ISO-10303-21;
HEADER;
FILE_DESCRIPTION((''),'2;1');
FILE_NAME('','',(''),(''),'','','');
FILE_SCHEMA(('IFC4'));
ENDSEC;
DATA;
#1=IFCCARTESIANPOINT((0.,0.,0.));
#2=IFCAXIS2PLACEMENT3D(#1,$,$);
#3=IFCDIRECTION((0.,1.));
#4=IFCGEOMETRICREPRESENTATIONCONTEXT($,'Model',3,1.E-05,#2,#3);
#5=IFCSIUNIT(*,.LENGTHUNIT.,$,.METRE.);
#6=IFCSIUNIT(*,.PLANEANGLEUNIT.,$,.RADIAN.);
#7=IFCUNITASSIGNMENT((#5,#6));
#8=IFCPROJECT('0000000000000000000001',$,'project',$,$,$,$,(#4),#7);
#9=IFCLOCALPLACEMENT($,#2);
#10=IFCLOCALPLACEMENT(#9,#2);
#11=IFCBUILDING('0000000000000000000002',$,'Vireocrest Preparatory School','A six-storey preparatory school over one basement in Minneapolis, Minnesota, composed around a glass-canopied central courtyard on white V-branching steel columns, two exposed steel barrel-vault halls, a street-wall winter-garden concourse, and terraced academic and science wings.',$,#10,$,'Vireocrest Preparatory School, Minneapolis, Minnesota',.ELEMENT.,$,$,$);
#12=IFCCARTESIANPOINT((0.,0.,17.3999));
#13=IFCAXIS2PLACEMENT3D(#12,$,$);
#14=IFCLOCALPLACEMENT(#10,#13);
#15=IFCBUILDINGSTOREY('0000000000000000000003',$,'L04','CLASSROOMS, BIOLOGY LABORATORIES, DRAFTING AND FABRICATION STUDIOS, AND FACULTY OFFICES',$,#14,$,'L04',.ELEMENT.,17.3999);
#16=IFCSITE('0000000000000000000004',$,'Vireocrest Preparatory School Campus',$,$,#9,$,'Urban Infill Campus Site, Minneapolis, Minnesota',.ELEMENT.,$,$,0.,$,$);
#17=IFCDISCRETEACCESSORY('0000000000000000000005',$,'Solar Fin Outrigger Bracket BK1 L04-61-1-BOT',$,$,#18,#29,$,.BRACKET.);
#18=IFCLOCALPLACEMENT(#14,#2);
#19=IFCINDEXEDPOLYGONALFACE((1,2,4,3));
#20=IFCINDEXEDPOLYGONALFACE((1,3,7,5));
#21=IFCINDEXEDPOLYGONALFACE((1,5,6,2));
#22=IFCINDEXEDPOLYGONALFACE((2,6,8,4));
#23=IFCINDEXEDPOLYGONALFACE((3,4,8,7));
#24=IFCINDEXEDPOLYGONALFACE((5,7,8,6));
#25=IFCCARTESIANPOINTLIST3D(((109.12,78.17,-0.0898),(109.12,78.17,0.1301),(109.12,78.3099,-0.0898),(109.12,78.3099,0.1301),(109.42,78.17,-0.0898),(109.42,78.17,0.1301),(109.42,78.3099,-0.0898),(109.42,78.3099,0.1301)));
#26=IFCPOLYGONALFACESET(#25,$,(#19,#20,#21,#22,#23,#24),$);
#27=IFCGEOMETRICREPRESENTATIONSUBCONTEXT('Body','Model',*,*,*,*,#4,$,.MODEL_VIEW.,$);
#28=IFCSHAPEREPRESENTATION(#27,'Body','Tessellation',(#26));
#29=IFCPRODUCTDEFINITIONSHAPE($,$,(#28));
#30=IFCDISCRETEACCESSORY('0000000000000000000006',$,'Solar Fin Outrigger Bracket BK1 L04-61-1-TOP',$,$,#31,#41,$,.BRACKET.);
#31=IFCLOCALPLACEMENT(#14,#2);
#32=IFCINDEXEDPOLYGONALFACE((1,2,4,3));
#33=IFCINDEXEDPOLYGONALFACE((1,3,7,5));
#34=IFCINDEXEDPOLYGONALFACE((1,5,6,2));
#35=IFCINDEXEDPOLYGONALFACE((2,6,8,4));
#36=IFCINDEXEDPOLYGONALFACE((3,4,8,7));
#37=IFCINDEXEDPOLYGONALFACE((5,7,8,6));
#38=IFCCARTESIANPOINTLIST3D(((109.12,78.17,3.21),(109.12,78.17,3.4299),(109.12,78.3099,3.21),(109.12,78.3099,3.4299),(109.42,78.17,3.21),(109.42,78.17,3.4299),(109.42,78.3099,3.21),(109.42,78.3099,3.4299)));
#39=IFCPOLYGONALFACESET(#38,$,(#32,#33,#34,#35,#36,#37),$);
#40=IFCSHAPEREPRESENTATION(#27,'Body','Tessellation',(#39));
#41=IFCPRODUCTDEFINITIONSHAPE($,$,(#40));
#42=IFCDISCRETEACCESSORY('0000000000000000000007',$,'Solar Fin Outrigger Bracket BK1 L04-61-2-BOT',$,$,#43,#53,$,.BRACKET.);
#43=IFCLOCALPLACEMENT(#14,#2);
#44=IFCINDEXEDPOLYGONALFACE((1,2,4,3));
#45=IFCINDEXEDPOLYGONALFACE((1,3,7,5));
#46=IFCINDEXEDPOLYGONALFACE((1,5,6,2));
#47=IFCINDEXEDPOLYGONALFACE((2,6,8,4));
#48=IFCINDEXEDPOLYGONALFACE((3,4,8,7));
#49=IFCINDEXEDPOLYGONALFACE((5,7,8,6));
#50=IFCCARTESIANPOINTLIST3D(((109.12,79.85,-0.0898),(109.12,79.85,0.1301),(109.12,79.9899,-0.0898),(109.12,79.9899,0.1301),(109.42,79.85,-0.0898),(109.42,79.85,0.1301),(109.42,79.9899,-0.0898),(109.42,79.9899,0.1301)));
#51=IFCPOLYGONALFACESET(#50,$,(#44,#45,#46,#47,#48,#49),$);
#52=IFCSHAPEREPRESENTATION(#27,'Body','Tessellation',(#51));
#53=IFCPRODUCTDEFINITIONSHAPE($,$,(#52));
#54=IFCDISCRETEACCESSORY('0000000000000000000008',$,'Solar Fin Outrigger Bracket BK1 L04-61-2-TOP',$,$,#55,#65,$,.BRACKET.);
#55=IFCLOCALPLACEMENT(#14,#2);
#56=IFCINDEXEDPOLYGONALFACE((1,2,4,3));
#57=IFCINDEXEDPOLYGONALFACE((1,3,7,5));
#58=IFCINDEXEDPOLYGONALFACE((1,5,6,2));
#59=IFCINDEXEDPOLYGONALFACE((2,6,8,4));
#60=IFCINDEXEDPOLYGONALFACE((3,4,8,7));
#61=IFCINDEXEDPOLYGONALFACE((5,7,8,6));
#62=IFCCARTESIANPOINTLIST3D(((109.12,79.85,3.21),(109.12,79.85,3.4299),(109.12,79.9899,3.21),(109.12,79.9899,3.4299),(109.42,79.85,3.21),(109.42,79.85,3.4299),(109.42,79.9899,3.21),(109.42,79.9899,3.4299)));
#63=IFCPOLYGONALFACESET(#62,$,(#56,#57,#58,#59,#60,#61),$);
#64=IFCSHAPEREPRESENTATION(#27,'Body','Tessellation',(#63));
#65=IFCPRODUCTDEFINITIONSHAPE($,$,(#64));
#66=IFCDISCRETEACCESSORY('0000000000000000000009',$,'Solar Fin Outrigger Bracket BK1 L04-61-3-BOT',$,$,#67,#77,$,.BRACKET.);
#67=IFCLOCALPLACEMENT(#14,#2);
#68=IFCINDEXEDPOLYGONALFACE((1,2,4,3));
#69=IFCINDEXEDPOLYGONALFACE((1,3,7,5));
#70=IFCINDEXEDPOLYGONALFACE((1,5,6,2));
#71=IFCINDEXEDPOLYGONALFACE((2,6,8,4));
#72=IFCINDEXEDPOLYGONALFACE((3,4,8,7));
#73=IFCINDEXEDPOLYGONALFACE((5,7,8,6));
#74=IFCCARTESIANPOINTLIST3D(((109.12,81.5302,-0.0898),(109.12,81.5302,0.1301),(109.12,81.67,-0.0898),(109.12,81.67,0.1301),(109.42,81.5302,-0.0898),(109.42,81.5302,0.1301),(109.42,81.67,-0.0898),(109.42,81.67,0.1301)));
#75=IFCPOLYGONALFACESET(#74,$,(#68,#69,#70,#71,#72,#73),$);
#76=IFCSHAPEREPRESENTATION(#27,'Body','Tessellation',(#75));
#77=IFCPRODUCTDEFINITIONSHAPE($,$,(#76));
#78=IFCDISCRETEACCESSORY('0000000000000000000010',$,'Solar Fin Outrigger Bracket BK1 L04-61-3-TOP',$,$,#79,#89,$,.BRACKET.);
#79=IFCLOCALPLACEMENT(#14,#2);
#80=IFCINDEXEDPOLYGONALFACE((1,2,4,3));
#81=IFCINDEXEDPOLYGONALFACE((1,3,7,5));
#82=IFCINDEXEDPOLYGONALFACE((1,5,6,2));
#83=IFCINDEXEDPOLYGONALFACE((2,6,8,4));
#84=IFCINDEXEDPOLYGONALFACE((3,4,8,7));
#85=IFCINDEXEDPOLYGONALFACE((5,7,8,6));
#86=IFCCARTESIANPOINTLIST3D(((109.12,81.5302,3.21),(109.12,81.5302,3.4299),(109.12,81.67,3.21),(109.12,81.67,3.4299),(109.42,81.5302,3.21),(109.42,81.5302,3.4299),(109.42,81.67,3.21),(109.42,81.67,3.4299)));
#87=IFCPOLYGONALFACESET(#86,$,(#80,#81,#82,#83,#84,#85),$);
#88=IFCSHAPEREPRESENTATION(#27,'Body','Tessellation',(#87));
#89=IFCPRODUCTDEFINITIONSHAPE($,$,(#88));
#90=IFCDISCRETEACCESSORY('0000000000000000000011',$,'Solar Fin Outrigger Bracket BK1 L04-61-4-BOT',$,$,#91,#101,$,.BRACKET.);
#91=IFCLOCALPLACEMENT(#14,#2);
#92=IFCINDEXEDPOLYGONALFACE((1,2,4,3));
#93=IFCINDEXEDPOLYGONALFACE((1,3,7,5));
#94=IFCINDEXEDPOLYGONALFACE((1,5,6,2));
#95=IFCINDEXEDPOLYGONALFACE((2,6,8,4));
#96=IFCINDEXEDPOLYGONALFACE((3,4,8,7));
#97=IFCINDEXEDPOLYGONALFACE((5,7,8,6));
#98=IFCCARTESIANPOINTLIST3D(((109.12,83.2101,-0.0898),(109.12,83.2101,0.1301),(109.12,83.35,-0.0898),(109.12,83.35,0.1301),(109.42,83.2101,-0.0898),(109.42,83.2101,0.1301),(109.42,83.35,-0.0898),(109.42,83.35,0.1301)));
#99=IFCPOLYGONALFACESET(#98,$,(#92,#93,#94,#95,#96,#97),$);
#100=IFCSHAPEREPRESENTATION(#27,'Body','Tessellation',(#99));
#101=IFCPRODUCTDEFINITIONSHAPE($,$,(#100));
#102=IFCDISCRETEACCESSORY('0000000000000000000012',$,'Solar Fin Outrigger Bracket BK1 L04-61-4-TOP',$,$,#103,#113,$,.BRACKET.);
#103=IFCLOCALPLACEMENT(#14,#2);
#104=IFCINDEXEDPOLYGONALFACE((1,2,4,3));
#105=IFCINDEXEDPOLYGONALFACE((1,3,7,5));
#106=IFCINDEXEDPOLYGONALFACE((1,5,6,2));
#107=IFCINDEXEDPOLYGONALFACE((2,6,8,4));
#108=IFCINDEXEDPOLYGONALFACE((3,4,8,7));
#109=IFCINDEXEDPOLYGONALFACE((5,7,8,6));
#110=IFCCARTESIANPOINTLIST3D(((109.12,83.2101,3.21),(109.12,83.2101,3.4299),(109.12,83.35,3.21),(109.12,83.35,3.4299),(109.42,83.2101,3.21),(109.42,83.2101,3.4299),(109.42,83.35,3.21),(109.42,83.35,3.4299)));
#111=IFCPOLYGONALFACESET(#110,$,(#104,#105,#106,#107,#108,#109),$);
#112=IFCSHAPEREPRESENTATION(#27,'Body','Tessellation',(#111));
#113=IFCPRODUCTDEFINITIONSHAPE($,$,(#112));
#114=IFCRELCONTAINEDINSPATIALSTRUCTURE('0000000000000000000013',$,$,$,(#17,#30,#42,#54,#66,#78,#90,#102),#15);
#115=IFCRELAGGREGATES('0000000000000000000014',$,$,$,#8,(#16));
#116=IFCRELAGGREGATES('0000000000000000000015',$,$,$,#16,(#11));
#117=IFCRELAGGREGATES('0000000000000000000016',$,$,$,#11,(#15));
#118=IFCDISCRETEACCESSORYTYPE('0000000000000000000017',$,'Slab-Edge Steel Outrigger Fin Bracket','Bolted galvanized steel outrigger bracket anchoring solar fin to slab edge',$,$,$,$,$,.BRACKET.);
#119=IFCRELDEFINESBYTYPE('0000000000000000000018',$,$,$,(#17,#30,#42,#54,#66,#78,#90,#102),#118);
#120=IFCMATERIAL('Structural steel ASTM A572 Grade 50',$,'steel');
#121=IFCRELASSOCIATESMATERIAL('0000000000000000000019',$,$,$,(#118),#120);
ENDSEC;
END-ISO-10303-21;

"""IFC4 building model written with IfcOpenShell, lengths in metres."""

from ifc_helpers import new_model, si_unit, direction, frame, origin, origin_2d, place, context, subcontext, project, spatial, rectangle, extrude, material, type_object, element, save


model = new_model("IFC4")

# Units and contexts
model_context = context("Model", 3, precision=1e-05, world=origin(), true_north=direction((0.0, 1.0)))
body_context = subcontext(model_context, "Body", "Model", "MODEL_VIEW")
ifc_project = project(units=[si_unit("LENGTHUNIT", "METRE"), si_unit("PLANEANGLEUNIT", "RADIAN")], contexts=[model_context])

# Site, building, storey
site_placement = place(None, origin())
site = spatial("IfcSite", under=ifc_project, at=site_placement, Name="Vireocrest Preparatory School Campus", LongName="Urban Infill Campus Site, Minneapolis, Minnesota", CompositionType="ELEMENT", RefElevation=0.0)
building_placement = place(site_placement, origin())
building = spatial("IfcBuilding", under=site, at=building_placement, Name="Vireocrest Preparatory School", Description="A six-storey preparatory school over one basement in Minneapolis, Minnesota, composed around a glass-canopied central courtyard on white V-branching steel columns, two exposed steel barrel-vault halls, a street-wall winter-garden concourse, and terraced academic and science wings.", LongName="Vireocrest Preparatory School, Minneapolis, Minnesota", CompositionType="ELEMENT")
storey_placement = place(building_placement, frame((0.0, 0.0, 17.3999)))
storey = spatial("IfcBuildingStorey", under=building, at=storey_placement, Name="L04", Description="CLASSROOMS, BIOLOGY LABORATORIES, DRAFTING AND FABRICATION STUDIOS, AND FACULTY OFFICES", LongName="L04", CompositionType="ELEMENT", Elevation=17.3999)

# Discrete accessories
ifc_material_1 = material(Name="Structural steel ASTM A572 Grade 50", Category="steel")
discrete_accessory_type = type_object("IfcDiscreteAccessoryType", Name="Slab-Edge Steel Outrigger Fin Bracket", Description="Bolted galvanized steel outrigger bracket anchoring solar fin to slab edge", PredefinedType="BRACKET", material=ifc_material_1)
for number, where, z_axis, x_axis, name in (
    (1, (109.27, 78.24, -0.0898), (0.0, 0.0, 1.0), (0.0, -1.0, 0.0), "Solar Fin Outrigger Bracket BK1 L04-61-1-BOT"),
    (2, (109.27, 78.24, 3.21), (0.0, 0.0, 1.0), (0.0, -1.0, 0.0), "Solar Fin Outrigger Bracket BK1 L04-61-1-TOP"),
    (3, (109.27, 79.9199, -0.0898), (0.0, 0.0, 1.0), (0.0, -1.0, 0.0), "Solar Fin Outrigger Bracket BK1 L04-61-2-BOT"),
    (4, (109.27, 79.9199, 3.21), (0.0, 0.0, 1.0), (0.0, -1.0, 0.0), "Solar Fin Outrigger Bracket BK1 L04-61-2-TOP"),
    (5, (109.27, 81.6001, -0.0898), (0.0, 0.0, 1.0), (0.0, -1.0, 0.0), "Solar Fin Outrigger Bracket BK1 L04-61-3-BOT"),
    (6, (109.27, 81.6001, 3.21), (0.0, 0.0, 1.0), (0.0, -1.0, 0.0), "Solar Fin Outrigger Bracket BK1 L04-61-3-TOP"),
    (7, (109.27, 83.28, -0.0898), (0.0, 0.0, 1.0), (0.0, -1.0, 0.0), "Solar Fin Outrigger Bracket BK1 L04-61-4-BOT"),
    (8, (109.27, 83.28, 3.21), (0.0, 0.0, 1.0), (0.0, -1.0, 0.0), "Solar Fin Outrigger Bracket BK1 L04-61-4-TOP"),
):
    element("IfcDiscreteAccessory", number, at=place(storey_placement, frame(where, z_axis=z_axis, x_axis=x_axis)), inside=storey, type_object=discrete_accessory_type, Name=name, PredefinedType="BRACKET", context=body_context, shape_type="SweptSolid", body=[
        extrude(rectangle(XDim=0.1399, YDim=0.3, at=origin_2d()), origin(), (0.0, 0.0, 1.0), 0.22),
    ])

save(model, "model.ifc")
